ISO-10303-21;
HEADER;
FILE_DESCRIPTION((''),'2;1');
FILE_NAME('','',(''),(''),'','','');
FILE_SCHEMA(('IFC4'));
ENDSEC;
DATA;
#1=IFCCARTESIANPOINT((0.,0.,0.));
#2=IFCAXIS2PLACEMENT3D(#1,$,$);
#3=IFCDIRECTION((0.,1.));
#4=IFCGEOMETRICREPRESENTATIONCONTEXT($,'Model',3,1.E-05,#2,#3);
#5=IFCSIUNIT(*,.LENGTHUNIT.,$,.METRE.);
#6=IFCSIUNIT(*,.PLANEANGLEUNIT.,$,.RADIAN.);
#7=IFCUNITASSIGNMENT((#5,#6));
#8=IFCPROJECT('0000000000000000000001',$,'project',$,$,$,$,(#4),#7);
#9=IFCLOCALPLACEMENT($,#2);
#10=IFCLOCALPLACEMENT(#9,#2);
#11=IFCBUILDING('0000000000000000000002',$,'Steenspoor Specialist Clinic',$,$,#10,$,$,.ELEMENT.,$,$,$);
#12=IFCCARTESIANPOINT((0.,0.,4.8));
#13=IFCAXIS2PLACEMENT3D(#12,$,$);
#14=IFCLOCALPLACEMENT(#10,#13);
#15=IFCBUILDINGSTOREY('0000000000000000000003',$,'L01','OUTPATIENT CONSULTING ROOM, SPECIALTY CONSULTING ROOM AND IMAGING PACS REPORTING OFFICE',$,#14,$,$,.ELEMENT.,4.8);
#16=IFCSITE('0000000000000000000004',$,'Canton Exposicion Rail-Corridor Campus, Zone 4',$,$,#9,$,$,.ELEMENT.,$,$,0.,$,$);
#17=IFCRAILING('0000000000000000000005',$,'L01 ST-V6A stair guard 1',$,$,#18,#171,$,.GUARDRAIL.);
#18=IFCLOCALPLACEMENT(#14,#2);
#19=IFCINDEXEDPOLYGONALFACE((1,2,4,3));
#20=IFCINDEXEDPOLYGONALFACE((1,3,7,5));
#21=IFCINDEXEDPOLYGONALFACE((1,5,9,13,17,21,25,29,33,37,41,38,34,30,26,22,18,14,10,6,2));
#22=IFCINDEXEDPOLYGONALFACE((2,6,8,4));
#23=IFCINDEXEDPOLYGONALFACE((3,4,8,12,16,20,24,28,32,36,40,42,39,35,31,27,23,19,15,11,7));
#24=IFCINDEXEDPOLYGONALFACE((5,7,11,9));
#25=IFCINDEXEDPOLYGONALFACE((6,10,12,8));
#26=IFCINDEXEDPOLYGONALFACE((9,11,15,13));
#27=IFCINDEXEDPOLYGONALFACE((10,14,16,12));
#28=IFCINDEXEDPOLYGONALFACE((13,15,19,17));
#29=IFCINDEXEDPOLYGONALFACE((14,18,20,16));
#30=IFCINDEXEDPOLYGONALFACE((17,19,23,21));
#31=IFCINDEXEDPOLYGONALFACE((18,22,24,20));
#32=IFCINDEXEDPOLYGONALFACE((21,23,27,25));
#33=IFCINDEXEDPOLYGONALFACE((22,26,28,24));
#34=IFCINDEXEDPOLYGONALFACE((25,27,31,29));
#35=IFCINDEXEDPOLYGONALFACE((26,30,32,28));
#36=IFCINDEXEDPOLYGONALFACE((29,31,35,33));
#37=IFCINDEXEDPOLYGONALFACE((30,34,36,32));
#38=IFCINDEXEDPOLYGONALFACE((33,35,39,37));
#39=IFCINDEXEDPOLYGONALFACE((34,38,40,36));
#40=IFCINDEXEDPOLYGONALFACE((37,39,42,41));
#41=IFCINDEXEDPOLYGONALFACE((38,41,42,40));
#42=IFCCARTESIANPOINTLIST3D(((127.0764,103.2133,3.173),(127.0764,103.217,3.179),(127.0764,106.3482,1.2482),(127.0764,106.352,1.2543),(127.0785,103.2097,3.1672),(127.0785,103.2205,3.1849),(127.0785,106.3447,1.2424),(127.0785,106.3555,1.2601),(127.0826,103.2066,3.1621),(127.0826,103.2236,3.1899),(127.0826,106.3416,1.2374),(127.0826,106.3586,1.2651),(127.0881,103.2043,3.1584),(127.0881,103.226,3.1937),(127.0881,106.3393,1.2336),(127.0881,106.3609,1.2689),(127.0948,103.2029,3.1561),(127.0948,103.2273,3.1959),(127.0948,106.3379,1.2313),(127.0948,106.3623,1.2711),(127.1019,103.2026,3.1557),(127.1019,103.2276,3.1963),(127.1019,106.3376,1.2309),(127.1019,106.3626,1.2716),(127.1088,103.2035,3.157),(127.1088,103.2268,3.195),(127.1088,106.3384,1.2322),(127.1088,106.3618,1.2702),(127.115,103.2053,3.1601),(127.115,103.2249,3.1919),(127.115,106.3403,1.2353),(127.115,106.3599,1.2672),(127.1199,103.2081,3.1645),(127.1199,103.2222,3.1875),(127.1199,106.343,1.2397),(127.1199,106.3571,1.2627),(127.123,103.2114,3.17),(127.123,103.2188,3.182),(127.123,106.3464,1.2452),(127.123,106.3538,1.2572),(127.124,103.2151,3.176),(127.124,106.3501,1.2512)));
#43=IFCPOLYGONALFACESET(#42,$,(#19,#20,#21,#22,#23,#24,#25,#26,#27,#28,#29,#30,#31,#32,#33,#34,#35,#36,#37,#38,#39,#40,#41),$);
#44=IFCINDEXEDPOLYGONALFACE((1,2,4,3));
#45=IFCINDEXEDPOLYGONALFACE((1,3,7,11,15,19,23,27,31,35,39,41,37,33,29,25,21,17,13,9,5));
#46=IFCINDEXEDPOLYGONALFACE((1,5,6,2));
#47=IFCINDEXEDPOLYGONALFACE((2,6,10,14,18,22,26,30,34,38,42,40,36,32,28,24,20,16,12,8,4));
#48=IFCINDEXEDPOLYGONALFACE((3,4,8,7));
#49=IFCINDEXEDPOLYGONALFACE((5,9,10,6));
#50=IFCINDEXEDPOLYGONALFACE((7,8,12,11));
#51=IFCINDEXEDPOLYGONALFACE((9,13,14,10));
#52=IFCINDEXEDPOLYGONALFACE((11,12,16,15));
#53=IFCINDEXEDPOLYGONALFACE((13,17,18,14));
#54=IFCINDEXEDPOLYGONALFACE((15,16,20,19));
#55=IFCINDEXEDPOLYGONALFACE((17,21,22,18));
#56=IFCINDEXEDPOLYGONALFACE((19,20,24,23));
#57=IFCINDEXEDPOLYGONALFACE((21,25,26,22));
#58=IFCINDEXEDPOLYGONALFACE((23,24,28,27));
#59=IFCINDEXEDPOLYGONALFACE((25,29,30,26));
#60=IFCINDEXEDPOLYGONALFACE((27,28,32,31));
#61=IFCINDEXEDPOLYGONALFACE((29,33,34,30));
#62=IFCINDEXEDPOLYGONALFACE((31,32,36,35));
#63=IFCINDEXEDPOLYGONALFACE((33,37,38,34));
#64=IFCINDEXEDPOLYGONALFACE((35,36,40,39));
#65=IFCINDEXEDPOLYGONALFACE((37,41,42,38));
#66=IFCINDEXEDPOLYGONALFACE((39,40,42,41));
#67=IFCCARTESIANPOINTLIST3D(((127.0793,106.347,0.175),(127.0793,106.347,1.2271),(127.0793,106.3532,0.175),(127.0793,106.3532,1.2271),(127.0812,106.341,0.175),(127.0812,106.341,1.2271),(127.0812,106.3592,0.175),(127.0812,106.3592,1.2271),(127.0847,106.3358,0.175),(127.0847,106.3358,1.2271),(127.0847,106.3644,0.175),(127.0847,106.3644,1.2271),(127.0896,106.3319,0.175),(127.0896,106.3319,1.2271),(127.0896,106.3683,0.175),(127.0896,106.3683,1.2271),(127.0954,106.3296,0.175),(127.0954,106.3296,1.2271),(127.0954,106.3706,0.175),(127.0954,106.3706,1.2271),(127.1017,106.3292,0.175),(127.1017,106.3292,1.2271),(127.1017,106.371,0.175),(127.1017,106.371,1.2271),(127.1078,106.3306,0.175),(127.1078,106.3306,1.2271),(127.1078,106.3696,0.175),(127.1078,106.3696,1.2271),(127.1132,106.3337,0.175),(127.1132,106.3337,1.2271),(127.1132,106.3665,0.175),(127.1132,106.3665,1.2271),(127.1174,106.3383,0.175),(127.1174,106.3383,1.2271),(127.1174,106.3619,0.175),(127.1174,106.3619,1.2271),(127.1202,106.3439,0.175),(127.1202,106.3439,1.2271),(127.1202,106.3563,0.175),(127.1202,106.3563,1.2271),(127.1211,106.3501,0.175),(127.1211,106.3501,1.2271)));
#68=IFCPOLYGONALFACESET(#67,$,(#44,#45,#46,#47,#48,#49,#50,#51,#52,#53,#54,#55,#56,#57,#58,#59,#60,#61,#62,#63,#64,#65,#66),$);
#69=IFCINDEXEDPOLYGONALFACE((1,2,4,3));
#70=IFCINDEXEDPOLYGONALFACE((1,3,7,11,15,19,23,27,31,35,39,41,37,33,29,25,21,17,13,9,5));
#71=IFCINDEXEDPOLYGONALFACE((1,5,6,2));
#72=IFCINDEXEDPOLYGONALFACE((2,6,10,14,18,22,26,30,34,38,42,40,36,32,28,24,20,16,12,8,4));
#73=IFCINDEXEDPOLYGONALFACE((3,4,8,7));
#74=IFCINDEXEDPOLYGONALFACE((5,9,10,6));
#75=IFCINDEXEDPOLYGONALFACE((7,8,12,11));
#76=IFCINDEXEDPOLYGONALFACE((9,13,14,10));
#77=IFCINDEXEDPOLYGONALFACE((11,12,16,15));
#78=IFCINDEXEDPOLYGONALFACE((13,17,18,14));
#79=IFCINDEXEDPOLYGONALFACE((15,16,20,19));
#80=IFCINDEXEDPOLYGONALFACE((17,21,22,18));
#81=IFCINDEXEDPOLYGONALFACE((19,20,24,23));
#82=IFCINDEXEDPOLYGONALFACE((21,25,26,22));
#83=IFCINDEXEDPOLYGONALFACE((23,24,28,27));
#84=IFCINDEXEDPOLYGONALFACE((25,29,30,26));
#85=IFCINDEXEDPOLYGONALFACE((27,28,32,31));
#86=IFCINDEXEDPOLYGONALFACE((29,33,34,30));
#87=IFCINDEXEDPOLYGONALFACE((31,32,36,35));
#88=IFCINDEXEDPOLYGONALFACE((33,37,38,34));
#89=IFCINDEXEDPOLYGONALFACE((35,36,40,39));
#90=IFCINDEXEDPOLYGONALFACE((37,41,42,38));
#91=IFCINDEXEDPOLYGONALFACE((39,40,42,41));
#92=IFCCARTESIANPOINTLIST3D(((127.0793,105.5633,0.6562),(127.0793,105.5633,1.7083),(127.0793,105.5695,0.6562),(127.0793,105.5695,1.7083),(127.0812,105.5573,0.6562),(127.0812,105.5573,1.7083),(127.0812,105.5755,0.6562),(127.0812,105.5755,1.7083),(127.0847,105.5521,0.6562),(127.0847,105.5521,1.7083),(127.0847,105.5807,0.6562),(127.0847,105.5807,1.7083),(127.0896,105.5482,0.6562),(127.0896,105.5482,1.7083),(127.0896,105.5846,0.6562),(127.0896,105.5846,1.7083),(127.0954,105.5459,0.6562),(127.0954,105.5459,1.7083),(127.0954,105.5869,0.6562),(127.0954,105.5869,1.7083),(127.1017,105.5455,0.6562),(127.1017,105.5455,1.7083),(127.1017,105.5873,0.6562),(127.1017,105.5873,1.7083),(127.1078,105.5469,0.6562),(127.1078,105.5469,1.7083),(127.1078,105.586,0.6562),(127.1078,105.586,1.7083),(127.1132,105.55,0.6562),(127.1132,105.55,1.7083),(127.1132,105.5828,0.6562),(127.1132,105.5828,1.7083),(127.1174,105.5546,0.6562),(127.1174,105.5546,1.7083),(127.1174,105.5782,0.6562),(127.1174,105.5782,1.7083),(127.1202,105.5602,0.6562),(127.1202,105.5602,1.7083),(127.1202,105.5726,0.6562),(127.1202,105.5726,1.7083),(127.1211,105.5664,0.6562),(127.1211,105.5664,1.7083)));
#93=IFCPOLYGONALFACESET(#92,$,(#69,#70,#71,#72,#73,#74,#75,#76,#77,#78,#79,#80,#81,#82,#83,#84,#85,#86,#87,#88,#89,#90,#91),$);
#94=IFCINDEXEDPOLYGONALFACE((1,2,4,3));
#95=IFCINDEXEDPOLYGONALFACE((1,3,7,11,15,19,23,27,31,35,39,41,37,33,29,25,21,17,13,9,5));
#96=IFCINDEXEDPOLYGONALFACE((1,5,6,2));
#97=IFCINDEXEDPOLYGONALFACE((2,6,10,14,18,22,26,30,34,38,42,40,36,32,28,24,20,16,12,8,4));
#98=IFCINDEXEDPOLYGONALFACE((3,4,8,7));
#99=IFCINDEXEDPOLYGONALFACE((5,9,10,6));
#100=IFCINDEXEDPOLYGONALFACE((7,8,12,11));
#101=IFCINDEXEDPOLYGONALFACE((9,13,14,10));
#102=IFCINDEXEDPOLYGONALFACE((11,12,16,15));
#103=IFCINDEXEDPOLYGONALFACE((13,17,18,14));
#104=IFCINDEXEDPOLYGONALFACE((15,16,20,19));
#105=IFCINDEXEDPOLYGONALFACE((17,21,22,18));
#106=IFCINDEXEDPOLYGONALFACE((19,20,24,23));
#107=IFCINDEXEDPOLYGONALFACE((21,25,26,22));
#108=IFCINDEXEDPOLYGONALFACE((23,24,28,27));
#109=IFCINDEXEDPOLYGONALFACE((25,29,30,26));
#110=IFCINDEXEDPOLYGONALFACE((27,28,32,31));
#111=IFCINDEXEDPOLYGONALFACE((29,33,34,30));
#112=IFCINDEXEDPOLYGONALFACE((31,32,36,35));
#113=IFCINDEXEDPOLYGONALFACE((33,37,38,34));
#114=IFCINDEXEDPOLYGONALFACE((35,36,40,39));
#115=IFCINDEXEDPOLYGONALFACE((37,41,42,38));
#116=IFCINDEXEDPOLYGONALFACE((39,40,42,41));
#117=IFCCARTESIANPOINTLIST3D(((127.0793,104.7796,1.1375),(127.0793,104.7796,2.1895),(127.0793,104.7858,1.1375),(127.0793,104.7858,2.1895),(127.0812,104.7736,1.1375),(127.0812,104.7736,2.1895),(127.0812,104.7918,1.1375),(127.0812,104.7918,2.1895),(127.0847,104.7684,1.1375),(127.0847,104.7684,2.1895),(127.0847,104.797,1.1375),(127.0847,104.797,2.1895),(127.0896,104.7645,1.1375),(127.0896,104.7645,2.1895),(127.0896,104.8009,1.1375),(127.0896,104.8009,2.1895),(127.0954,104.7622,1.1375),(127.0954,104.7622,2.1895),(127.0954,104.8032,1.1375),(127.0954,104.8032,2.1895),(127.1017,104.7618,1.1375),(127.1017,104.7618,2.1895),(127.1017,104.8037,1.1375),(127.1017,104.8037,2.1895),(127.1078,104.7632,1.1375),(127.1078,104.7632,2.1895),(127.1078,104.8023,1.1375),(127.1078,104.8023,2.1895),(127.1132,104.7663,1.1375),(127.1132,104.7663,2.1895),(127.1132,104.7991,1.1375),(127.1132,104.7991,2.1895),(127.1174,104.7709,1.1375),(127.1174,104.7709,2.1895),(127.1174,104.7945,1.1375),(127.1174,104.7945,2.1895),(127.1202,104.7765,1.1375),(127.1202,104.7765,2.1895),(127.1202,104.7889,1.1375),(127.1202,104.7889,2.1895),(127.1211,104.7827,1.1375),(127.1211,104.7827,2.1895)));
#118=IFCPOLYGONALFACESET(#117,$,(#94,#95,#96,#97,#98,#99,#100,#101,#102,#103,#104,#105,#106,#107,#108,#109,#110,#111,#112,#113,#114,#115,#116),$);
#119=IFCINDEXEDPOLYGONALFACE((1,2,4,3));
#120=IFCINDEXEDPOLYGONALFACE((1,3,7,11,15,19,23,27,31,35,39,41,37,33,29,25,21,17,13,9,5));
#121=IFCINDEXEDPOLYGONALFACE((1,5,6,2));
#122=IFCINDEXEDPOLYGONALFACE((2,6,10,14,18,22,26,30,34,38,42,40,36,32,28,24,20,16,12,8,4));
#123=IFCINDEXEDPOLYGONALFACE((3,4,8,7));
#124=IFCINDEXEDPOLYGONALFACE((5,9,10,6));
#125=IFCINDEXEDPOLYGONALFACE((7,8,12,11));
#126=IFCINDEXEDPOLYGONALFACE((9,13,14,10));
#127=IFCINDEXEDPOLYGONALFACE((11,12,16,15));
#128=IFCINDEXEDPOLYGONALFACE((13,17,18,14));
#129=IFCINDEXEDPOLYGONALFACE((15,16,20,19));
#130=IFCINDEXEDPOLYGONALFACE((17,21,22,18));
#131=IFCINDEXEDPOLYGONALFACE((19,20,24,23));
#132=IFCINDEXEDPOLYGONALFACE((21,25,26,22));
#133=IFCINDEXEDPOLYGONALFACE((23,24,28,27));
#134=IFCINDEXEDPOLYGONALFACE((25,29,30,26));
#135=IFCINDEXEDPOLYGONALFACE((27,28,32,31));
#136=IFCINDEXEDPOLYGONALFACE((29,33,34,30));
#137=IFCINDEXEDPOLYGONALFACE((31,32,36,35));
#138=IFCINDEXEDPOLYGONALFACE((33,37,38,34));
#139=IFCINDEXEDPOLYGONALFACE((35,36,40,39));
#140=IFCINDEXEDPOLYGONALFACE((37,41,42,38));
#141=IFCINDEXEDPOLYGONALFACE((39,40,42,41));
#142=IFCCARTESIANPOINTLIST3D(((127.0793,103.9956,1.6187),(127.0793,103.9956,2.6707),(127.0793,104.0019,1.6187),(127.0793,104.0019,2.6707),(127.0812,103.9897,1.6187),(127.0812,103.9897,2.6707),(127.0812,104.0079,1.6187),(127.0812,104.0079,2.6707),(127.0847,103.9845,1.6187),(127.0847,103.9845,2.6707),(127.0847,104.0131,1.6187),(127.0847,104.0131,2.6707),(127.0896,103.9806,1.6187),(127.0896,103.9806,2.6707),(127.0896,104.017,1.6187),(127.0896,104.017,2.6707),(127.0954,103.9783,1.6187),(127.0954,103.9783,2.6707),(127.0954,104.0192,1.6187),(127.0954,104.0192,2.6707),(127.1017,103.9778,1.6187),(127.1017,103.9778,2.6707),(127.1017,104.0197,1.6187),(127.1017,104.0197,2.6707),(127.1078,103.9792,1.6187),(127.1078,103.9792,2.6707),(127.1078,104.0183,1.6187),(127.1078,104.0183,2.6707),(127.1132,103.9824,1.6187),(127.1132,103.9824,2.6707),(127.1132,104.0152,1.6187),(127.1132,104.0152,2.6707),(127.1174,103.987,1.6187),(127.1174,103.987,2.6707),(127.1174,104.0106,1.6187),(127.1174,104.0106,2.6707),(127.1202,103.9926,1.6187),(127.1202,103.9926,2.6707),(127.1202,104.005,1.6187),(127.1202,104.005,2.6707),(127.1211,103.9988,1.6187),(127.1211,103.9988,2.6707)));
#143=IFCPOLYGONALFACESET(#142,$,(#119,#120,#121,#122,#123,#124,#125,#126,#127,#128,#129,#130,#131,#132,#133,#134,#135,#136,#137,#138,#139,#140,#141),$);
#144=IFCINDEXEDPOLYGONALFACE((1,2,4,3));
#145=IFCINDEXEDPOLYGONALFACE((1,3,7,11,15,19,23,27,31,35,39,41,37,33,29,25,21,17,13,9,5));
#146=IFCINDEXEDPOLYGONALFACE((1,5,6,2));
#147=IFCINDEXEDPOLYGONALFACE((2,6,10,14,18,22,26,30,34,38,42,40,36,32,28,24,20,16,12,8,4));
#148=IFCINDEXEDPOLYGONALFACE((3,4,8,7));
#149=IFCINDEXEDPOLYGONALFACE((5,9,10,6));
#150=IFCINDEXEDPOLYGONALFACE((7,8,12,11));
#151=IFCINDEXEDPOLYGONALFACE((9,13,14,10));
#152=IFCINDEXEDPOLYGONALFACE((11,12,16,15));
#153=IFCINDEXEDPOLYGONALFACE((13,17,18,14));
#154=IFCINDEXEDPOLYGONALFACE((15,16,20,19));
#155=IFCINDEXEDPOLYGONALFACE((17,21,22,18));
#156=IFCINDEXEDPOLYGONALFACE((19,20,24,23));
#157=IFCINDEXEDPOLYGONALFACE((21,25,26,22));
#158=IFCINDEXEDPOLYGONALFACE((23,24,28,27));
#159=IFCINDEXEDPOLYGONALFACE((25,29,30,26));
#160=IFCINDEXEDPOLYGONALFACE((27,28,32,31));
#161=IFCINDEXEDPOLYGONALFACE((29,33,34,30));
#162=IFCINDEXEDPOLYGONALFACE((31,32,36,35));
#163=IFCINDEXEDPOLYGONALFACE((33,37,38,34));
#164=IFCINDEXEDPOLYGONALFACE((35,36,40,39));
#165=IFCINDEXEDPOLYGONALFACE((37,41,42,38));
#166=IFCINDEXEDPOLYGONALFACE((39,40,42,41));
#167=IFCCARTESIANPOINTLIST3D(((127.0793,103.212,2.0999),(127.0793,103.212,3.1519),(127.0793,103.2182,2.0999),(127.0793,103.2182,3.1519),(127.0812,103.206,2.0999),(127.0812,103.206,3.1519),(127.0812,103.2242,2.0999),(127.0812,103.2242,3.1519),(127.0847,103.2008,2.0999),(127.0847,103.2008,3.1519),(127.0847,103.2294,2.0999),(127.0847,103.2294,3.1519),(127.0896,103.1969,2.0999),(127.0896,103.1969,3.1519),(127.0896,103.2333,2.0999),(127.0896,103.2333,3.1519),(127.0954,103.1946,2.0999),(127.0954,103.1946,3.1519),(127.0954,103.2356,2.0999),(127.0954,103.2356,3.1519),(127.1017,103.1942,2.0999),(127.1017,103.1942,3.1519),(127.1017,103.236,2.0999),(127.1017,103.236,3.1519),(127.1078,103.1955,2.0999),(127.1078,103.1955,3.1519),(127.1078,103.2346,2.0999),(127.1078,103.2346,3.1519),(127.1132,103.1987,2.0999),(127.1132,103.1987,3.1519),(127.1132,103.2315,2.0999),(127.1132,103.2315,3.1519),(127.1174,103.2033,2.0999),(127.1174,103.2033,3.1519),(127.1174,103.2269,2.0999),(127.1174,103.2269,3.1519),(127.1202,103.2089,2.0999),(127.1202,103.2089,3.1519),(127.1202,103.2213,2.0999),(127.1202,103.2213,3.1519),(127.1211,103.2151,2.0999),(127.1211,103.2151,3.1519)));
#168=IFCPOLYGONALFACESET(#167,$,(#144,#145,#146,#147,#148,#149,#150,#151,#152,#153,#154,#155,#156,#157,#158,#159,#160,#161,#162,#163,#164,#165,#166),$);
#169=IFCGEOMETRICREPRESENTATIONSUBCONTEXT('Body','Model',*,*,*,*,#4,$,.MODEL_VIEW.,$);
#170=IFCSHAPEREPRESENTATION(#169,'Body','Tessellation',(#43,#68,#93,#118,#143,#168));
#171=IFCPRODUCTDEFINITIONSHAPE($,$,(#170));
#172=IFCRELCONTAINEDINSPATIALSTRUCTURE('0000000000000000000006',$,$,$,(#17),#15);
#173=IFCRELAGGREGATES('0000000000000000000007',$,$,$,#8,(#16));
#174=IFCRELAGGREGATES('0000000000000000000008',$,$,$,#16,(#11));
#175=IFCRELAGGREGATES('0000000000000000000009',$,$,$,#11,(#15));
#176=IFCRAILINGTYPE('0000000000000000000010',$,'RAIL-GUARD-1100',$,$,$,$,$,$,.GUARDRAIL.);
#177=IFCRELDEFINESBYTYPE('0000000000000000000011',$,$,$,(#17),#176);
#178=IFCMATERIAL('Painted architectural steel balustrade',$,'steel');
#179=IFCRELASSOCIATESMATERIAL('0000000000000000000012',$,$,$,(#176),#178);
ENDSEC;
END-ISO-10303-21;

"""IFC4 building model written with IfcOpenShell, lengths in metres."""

from ifc_helpers import new_model, si_unit, direction, frame, origin, origin_2d, place, context, subcontext, project, spatial, circle, extrude, material, type_object, element, save


model = new_model("IFC4")

# Units and contexts
model_context = context("Model", 3, precision=1e-05, world=origin(), true_north=direction((0.0, 1.0)))
body_context = subcontext(model_context, "Body", "Model", "MODEL_VIEW")
ifc_project = project(units=[si_unit("LENGTHUNIT", "METRE"), si_unit("PLANEANGLEUNIT", "RADIAN")], contexts=[model_context])

# Site, building, storey
site_placement = place(None, origin())
site = spatial("IfcSite", under=ifc_project, at=site_placement, Name="Canton Exposicion Rail-Corridor Campus, Zone 4", CompositionType="ELEMENT", RefElevation=0.0)
building_placement = place(site_placement, origin())
building = spatial("IfcBuilding", under=site, at=building_placement, Name="Steenspoor Specialist Clinic", CompositionType="ELEMENT")
storey_placement = place(building_placement, frame((0.0, 0.0, 4.8)))
storey = spatial("IfcBuildingStorey", under=building, at=storey_placement, Name="L01", Description="OUTPATIENT CONSULTING ROOM, SPECIALTY CONSULTING ROOM AND IMAGING PACS REPORTING OFFICE", CompositionType="ELEMENT", Elevation=4.8)

# Railing
ifc_material_1 = material(Name="Painted architectural steel balustrade", Category="steel")
railing_type_1 = type_object("IfcRailingType", Name="RAIL-GUARD-1100", PredefinedType="GUARDRAIL", material=ifc_material_1)
railing_1_placement = place(storey_placement, frame((127.1001, 106.3501, 0.175)))
element("IfcRailing", 1, at=railing_1_placement, inside=storey, type_object=railing_type_1, Name="L01 ST-V6A stair guard 1", PredefinedType="GUARDRAIL", context=body_context, shape_type="SweptSolid", body=[
    extrude(circle(Radius=0.0239, at=origin_2d()), frame((0.0, 0.0, 1.0762), z_axis=(0.0, -0.852196, 0.523223), x_axis=(1.0, 0.0, 0.0)), (0.0, 0.0, 1.0), 3.6787),
    extrude(circle(Radius=0.021, at=origin_2d()), origin(), (0.0, 0.0, 1.0), 1.052),
    extrude(circle(Radius=0.021, at=origin_2d()), frame((0.0, -0.7837, 0.4812)), (0.0, 0.0, 1.0), 1.052),
    extrude(circle(Radius=0.021, at=origin_2d()), frame((0.0, -1.5674, 0.9624)), (0.0, 0.0, 1.0), 1.052),
    extrude(circle(Radius=0.021, at=origin_2d()), frame((0.0, -2.3513, 1.4436)), (0.0, 0.0, 1.0), 1.052),
    extrude(circle(Radius=0.021, at=origin_2d()), frame((0.0, -3.135, 1.9248)), (0.0, 0.0, 1.0), 1.052),
])

save(model, "model.ifc")
